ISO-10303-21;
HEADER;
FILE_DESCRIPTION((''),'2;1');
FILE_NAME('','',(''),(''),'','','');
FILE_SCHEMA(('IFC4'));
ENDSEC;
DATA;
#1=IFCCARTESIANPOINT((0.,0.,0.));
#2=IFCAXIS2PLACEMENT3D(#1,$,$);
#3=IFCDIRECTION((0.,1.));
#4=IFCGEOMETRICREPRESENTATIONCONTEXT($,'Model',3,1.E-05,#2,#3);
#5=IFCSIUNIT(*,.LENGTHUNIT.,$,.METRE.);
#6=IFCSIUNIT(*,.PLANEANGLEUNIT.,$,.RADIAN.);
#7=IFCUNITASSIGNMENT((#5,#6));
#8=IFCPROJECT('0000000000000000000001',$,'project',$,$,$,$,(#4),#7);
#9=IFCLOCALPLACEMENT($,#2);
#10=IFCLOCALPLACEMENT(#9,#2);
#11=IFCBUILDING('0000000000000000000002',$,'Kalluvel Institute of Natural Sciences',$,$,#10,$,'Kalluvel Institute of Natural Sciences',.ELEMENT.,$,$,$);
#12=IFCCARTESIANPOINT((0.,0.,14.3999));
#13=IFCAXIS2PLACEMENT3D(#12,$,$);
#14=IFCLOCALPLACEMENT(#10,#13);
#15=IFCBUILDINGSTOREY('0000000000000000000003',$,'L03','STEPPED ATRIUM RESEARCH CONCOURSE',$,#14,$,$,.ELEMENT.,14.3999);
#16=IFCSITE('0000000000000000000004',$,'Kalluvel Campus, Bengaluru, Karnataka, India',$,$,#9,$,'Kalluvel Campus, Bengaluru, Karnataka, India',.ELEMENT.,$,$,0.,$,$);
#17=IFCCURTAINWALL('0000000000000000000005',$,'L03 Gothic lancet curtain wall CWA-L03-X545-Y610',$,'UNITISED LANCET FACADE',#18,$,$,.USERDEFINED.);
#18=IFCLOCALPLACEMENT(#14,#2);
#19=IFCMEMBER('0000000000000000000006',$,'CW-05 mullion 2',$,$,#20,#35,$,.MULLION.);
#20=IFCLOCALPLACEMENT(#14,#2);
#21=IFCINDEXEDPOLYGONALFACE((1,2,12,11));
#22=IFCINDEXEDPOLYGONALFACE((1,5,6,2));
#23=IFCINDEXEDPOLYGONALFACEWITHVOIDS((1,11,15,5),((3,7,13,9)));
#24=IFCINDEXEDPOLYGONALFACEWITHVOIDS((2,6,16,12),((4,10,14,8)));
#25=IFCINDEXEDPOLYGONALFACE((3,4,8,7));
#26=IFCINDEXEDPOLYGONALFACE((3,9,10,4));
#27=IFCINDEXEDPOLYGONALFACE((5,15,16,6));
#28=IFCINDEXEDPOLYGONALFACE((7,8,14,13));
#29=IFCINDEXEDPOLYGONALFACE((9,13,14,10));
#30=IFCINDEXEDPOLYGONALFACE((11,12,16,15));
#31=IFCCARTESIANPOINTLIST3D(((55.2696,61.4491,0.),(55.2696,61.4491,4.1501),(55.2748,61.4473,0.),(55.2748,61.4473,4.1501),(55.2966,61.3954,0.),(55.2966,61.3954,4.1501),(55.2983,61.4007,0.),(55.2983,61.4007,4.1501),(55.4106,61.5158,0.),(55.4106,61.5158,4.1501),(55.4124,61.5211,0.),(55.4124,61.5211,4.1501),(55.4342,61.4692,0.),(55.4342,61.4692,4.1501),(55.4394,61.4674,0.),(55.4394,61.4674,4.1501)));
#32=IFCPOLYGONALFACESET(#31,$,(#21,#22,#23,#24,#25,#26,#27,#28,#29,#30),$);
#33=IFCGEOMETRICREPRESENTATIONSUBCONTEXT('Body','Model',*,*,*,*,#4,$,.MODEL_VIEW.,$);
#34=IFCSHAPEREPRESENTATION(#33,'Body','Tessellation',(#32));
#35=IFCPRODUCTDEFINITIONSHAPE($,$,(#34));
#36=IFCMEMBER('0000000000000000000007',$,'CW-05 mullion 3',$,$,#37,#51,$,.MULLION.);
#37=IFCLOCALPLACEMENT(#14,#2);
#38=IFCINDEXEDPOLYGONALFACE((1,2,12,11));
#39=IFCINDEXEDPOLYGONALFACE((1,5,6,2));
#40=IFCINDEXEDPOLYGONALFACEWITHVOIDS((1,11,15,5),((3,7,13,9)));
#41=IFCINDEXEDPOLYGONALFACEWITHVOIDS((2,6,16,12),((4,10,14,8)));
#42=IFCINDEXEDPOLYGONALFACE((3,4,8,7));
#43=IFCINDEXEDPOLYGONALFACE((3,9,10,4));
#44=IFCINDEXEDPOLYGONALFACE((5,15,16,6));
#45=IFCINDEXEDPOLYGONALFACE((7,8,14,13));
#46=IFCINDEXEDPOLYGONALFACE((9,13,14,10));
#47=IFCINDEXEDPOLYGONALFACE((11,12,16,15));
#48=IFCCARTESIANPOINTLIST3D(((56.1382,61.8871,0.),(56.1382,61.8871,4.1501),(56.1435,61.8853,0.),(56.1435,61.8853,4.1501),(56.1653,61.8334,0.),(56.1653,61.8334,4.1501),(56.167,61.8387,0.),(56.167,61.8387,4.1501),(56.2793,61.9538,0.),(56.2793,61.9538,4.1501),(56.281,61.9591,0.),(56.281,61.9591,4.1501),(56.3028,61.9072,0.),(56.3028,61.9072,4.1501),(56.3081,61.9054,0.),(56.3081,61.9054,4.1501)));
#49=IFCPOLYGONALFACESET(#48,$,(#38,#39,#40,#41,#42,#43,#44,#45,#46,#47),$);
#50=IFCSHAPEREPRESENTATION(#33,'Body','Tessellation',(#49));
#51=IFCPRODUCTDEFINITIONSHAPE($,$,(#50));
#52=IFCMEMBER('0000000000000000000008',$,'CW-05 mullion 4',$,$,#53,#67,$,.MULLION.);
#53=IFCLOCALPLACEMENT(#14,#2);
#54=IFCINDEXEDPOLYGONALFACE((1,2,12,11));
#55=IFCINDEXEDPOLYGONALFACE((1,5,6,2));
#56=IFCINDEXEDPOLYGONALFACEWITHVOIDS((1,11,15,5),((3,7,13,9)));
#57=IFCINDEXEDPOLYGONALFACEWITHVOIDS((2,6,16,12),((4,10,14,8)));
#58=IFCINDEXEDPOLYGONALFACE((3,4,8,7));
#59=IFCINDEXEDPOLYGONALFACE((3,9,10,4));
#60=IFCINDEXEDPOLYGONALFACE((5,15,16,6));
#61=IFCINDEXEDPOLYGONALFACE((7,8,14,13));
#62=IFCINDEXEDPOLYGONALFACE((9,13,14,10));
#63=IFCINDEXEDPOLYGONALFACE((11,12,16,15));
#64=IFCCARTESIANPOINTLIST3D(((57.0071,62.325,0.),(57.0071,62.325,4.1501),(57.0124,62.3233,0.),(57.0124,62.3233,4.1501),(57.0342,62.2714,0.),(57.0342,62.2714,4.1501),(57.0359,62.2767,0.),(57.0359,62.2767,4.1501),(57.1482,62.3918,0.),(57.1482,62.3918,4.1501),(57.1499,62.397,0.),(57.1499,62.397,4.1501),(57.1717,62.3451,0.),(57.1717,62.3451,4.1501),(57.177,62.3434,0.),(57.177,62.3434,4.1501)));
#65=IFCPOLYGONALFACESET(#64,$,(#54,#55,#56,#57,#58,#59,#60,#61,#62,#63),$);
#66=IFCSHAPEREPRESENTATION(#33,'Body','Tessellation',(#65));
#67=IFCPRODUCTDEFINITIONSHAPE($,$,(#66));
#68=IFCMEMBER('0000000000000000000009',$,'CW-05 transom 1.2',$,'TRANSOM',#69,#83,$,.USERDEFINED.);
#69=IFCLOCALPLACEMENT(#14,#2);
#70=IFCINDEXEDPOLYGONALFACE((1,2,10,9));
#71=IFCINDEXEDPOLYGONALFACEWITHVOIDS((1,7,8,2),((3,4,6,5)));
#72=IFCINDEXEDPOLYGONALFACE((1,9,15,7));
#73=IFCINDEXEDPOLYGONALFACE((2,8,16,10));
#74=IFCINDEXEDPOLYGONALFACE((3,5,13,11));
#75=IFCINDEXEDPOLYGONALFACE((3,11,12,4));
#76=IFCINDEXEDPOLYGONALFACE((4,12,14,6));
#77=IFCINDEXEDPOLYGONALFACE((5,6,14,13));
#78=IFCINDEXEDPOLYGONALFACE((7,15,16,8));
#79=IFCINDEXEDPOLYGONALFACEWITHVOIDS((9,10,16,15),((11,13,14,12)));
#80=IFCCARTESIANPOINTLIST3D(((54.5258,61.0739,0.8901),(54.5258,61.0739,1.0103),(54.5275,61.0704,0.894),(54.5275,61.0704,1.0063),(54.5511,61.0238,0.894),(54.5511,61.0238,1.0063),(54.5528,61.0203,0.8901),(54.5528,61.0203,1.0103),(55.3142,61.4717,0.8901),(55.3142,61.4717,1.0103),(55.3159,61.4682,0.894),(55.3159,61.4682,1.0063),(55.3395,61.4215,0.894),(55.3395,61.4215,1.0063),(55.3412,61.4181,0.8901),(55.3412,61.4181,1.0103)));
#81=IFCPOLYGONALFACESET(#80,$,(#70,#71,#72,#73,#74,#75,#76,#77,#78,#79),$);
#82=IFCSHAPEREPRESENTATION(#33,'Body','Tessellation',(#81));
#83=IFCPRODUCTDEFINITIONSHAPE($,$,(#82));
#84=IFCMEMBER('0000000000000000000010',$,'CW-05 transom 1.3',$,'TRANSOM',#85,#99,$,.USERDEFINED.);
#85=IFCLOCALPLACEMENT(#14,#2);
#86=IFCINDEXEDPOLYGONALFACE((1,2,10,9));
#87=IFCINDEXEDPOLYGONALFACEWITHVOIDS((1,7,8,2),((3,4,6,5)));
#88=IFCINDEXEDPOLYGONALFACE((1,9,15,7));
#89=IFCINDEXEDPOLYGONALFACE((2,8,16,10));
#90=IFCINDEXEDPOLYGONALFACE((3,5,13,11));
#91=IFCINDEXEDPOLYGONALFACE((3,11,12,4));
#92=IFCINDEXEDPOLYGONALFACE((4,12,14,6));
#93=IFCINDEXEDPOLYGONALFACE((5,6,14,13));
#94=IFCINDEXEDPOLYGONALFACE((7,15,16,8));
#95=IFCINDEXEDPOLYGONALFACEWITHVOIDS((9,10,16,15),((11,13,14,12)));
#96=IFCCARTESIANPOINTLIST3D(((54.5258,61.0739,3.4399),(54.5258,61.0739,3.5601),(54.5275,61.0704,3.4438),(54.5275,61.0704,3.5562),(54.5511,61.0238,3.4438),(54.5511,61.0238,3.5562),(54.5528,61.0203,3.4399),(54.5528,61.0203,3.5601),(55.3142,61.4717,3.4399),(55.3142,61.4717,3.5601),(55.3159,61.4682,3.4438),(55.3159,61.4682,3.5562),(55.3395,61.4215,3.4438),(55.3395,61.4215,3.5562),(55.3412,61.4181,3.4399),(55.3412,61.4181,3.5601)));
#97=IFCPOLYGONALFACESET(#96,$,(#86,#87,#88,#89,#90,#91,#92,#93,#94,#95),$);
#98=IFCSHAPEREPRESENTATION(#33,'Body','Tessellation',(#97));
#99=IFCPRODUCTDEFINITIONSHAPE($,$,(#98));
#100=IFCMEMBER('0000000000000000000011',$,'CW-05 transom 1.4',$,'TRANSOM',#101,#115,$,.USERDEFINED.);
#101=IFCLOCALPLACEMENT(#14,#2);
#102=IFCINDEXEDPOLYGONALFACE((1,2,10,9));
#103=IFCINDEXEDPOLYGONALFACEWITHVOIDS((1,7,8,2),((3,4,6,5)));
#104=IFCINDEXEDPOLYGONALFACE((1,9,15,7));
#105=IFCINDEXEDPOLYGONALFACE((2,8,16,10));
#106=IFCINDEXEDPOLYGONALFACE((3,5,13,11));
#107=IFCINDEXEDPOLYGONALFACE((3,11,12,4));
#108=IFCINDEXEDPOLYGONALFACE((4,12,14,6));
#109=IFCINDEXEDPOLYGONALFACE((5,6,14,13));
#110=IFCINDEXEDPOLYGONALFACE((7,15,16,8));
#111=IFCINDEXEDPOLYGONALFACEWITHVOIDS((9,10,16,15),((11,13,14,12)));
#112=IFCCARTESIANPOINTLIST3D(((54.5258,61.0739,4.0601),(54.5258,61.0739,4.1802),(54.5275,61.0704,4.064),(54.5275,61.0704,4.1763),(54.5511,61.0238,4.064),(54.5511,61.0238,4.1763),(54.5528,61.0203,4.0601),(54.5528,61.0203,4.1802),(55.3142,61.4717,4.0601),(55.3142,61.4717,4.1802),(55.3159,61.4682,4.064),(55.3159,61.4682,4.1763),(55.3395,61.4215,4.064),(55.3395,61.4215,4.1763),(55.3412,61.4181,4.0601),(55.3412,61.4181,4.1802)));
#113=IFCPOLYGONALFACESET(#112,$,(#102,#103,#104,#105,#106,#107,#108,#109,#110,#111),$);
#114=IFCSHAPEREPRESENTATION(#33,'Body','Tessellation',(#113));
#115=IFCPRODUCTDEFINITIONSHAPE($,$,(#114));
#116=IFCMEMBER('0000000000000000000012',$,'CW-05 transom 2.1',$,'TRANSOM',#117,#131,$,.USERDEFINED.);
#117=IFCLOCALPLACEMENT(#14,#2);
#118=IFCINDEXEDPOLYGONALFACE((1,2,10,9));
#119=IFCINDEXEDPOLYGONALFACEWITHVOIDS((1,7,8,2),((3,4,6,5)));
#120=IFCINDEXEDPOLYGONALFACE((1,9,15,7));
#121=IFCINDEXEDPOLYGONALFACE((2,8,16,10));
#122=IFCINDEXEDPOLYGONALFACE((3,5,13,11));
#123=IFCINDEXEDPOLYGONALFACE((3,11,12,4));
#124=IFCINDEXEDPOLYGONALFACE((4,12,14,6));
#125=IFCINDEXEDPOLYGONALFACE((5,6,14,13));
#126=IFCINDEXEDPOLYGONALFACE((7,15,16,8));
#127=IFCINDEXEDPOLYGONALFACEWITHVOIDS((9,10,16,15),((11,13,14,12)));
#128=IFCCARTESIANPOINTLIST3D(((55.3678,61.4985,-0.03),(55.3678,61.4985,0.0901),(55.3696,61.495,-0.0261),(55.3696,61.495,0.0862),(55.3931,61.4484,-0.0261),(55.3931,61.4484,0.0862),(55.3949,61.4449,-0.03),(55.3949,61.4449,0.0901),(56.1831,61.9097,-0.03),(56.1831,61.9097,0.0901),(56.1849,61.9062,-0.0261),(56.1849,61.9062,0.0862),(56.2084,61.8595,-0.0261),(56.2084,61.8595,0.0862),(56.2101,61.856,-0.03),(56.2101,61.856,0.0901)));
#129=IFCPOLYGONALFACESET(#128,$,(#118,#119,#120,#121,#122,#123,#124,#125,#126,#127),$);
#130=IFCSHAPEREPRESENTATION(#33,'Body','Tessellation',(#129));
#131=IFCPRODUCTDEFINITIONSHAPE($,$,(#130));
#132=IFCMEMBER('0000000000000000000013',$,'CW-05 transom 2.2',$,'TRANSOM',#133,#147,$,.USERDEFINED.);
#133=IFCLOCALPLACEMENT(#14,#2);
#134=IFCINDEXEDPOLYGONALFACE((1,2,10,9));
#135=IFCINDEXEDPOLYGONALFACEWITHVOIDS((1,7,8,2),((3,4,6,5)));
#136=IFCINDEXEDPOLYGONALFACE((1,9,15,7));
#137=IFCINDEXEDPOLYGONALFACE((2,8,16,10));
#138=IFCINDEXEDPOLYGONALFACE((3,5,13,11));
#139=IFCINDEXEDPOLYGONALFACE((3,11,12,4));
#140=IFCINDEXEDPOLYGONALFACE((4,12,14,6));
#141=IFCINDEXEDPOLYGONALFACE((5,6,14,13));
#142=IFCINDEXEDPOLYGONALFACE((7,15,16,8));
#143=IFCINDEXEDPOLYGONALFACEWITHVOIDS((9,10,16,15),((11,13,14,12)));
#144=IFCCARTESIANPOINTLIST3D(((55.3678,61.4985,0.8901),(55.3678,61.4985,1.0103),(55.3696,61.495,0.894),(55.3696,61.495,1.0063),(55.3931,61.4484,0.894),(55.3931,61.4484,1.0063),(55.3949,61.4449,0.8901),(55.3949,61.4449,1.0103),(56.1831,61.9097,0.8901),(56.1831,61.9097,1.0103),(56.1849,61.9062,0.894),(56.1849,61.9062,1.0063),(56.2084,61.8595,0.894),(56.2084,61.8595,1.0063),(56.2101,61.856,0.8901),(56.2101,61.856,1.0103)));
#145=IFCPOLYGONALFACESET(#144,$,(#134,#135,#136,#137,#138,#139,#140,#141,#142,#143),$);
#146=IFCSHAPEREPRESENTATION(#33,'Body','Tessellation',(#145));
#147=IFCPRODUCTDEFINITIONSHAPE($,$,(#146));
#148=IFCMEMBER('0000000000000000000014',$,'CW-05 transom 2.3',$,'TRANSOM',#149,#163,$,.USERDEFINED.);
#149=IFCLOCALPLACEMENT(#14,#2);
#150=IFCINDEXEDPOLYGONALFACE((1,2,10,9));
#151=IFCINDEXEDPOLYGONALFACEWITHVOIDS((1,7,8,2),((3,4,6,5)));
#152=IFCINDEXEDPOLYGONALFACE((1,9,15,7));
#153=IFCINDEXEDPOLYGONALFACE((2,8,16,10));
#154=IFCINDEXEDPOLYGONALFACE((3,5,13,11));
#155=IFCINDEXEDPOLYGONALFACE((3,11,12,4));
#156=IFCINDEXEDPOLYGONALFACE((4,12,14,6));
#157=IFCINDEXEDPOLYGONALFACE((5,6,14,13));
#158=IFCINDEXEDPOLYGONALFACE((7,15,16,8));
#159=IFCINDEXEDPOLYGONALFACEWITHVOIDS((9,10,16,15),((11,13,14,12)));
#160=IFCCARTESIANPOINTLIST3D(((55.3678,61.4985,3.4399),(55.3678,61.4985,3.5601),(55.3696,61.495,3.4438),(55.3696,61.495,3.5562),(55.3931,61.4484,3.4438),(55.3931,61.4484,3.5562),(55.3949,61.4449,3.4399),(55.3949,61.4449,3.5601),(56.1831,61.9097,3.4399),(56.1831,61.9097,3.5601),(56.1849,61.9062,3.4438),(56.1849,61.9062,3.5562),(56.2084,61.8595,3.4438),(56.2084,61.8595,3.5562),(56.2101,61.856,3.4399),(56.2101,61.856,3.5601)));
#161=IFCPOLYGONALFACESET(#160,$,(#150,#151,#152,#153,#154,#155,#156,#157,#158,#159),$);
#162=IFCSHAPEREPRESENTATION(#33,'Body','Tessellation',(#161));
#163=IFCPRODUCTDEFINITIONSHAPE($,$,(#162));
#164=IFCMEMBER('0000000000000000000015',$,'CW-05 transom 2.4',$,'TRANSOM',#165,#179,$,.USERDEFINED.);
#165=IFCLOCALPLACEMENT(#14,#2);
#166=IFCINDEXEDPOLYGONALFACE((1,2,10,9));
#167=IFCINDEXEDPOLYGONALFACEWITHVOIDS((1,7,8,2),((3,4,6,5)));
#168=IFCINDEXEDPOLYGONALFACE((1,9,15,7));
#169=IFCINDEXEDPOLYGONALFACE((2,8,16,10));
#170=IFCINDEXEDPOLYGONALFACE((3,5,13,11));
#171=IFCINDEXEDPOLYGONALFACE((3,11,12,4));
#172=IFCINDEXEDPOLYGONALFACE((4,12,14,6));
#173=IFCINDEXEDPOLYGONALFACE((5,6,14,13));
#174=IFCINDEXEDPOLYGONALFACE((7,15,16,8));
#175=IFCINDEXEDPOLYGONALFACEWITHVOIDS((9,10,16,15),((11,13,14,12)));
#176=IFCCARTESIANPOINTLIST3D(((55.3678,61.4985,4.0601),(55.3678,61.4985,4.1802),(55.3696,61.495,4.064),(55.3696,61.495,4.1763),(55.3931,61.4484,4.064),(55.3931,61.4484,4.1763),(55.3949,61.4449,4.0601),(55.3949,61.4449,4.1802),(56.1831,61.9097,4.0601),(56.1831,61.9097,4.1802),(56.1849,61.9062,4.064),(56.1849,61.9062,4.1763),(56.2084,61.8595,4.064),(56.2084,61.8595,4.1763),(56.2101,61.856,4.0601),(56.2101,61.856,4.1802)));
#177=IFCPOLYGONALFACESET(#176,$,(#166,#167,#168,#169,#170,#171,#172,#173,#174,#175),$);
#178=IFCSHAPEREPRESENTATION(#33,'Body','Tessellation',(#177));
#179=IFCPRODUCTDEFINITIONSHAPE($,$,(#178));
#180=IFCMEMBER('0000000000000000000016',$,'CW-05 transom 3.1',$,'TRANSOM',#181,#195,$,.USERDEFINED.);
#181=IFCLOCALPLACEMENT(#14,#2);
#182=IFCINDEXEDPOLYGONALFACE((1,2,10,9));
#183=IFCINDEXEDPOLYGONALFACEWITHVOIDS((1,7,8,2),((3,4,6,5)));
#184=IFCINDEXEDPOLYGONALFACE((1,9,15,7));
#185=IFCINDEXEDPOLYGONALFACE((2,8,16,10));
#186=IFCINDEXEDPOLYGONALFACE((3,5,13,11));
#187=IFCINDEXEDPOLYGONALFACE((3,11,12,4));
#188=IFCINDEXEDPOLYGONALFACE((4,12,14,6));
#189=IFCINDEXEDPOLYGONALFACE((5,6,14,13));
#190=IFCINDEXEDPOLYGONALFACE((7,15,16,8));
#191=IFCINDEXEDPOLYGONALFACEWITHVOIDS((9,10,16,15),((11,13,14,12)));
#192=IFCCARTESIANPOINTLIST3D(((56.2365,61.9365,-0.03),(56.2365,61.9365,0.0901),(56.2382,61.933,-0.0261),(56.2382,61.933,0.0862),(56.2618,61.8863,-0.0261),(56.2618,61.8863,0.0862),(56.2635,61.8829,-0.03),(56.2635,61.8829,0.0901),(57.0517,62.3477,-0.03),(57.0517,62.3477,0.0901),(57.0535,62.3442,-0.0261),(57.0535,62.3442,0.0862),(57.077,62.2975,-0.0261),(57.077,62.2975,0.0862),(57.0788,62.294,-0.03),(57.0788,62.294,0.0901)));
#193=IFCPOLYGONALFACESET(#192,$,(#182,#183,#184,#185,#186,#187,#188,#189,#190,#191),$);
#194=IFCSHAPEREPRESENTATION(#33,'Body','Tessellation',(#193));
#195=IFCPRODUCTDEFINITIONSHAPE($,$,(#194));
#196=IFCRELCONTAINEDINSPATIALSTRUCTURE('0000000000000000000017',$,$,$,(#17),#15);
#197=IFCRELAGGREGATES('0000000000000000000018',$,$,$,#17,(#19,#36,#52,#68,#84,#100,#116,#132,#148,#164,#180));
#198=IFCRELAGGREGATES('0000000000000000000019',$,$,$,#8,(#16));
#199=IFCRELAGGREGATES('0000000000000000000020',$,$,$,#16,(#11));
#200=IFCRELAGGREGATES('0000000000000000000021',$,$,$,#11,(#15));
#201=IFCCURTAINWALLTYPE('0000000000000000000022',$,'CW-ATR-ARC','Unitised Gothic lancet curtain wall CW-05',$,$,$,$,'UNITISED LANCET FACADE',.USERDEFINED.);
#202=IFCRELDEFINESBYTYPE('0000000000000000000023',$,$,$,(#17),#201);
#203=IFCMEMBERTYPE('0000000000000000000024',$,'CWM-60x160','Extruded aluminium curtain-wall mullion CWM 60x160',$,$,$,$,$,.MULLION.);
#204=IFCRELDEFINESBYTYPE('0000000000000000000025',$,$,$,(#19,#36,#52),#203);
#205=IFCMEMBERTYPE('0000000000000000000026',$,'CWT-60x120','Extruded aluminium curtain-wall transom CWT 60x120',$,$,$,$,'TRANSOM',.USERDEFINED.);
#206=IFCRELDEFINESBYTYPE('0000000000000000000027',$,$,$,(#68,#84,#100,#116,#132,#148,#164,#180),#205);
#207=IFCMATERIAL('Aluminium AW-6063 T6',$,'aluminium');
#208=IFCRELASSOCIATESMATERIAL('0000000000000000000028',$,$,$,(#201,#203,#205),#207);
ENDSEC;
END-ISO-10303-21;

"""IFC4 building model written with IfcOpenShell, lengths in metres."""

from ifc_helpers import new_model, si_unit, direction, frame, origin, origin_2d, place, context, subcontext, project, spatial, hollow_rectangle, extrude, material, material_profile, profile_set, type_object, element, aggregate, save


model = new_model("IFC4")

# Units and contexts
model_context = context("Model", 3, precision=1e-05, world=origin(), true_north=direction((0.0, 1.0)))
body_context = subcontext(model_context, "Body", "Model", "MODEL_VIEW")
ifc_project = project(units=[si_unit("LENGTHUNIT", "METRE"), si_unit("PLANEANGLEUNIT", "RADIAN")], contexts=[model_context])

# Site, building, storey
site_placement = place(None, origin())
site = spatial("IfcSite", under=ifc_project, at=site_placement, Name="Kalluvel Campus, Bengaluru, Karnataka, India", LongName="Kalluvel Campus, Bengaluru, Karnataka, India", CompositionType="ELEMENT", RefElevation=0.0)
building_placement = place(site_placement, origin())
building = spatial("IfcBuilding", under=site, at=building_placement, Name="Kalluvel Institute of Natural Sciences", LongName="Kalluvel Institute of Natural Sciences", CompositionType="ELEMENT")
storey_placement = place(building_placement, frame((0.0, 0.0, 14.3999)))
storey = spatial("IfcBuildingStorey", under=building, at=storey_placement, Name="L03", Description="STEPPED ATRIUM RESEARCH CONCOURSE", CompositionType="ELEMENT", Elevation=14.3999)

# Curtain wall, members
ifc_material_1 = material(Name="Aluminium AW-6063 T6", Category="aluminium")
curtain_wall_type = type_object("IfcCurtainWallType", Name="CW-ATR-ARC", Description="Unitised Gothic lancet curtain wall CW-05", ElementType="UNITISED LANCET FACADE", PredefinedType="USERDEFINED", material=ifc_material_1)
curtain_wall_placement = place(storey_placement, origin())
curtain_wall = element("IfcCurtainWall", 1, at=curtain_wall_placement, inside=storey, type_object=curtain_wall_type, Name="L03 Gothic lancet curtain wall CWA-L03-X545-Y610", ObjectType="UNITISED LANCET FACADE", PredefinedType="USERDEFINED")
ifc_material_profile_1 = material_profile(ifc_material_1, hollow_rectangle(XDim=0.0601, YDim=0.1599, WallThickness=0.0039, at=origin_2d()), Name="CWM 60x160")
ifc_profile_set_1 = profile_set([ifc_material_profile_1], Name="Aluminium AW-6063 T6")
member_type_1 = type_object("IfcMemberType", Name="CWM-60x160", Description="Extruded aluminium curtain-wall mullion CWM 60x160", PredefinedType="MULLION", material=ifc_profile_set_1)
member_1_placement = place(storey_placement, frame((55.3545, 61.4583, 0.0), z_axis=(0.0, 0.0, 1.0), x_axis=(-0.450202, 0.892927, 0.0)))
member_1 = element("IfcMember", 2, at=member_1_placement, type_object=member_type_1, Name="CW-05 mullion 2", PredefinedType="MULLION", context=body_context, shape_type="SweptSolid", body=[
    extrude(hollow_rectangle(XDim=0.0601, YDim=0.1599, WallThickness=0.0039, at=origin_2d()), origin(), (0.0, 0.0, 1.0), 4.1501),
])
member_2_placement = place(storey_placement, frame((56.2231, 61.8962, 0.0), z_axis=(0.0, 0.0, 1.0), x_axis=(-0.450202, 0.892927, 0.0)))
member_2 = element("IfcMember", 3, at=member_2_placement, type_object=member_type_1, Name="CW-05 mullion 3", PredefinedType="MULLION", context=body_context, shape_type="SweptSolid", body=[
    extrude(hollow_rectangle(XDim=0.0601, YDim=0.1599, WallThickness=0.0039, at=origin_2d()), origin(), (0.0, 0.0, 1.0), 4.1501),
])
member_3_placement = place(storey_placement, frame((57.092, 62.3342, 0.0), z_axis=(0.0, 0.0, 1.0), x_axis=(-0.450202, 0.892927, 0.0)))
member_3 = element("IfcMember", 4, at=member_3_placement, type_object=member_type_1, Name="CW-05 mullion 4", PredefinedType="MULLION", context=body_context, shape_type="SweptSolid", body=[
    extrude(hollow_rectangle(XDim=0.0601, YDim=0.1599, WallThickness=0.0039, at=origin_2d()), origin(), (0.0, 0.0, 1.0), 4.1501),
])
ifc_material_profile_2 = material_profile(ifc_material_1, hollow_rectangle(XDim=0.0601, YDim=0.1201, WallThickness=0.0039, at=origin_2d()), Name="CWT 60x120")
ifc_profile_set_2 = profile_set([ifc_material_profile_2], Name="Aluminium AW-6063 T6")
member_type_2 = type_object("IfcMemberType", Name="CWT-60x120", Description="Extruded aluminium curtain-wall transom CWT 60x120", ElementType="TRANSOM", PredefinedType="USERDEFINED", material=ifc_profile_set_2)
member_4_placement = place(storey_placement, frame((54.5393, 61.0471, 0.9502), z_axis=(0.892818, 0.450418, 0.0), x_axis=(-0.450418, 0.892818, 0.0)))
member_4 = element("IfcMember", 5, at=member_4_placement, type_object=member_type_2, Name="CW-05 transom 1.2", ObjectType="TRANSOM", PredefinedType="USERDEFINED", context=body_context, shape_type="SweptSolid", body=[
    extrude(hollow_rectangle(XDim=0.0601, YDim=0.1201, WallThickness=0.0039, at=origin_2d()), origin(), (0.0, 0.0, 1.0), 0.8831),
])
member_5_placement = place(storey_placement, frame((54.5393, 61.0471, 3.5), z_axis=(0.892818, 0.450418, 0.0), x_axis=(-0.450418, 0.892818, 0.0)))
member_5 = element("IfcMember", 6, at=member_5_placement, type_object=member_type_2, Name="CW-05 transom 1.3", ObjectType="TRANSOM", PredefinedType="USERDEFINED", context=body_context, shape_type="SweptSolid", body=[
    extrude(hollow_rectangle(XDim=0.0601, YDim=0.1201, WallThickness=0.0039, at=origin_2d()), origin(), (0.0, 0.0, 1.0), 0.8831),
])
member_6_placement = place(storey_placement, frame((54.5393, 61.0471, 4.1201), z_axis=(0.892818, 0.450418, 0.0), x_axis=(-0.450418, 0.892818, 0.0)))
member_6 = element("IfcMember", 7, at=member_6_placement, type_object=member_type_2, Name="CW-05 transom 1.4", ObjectType="TRANSOM", PredefinedType="USERDEFINED", context=body_context, shape_type="SweptSolid", body=[
    extrude(hollow_rectangle(XDim=0.0601, YDim=0.1201, WallThickness=0.0039, at=origin_2d()), origin(), (0.0, 0.0, 1.0), 0.8831),
])
member_7_placement = place(storey_placement, frame((55.3813, 61.4717, 0.03), z_axis=(0.892871, 0.450313, 0.0), x_axis=(-0.450313, 0.892871, 0.0)))
member_7 = element("IfcMember", 8, at=member_7_placement, type_object=member_type_2, Name="CW-05 transom 2.1", ObjectType="TRANSOM", PredefinedType="USERDEFINED", context=body_context, shape_type="SweptSolid", body=[
    extrude(hollow_rectangle(XDim=0.0601, YDim=0.1201, WallThickness=0.0039, at=origin_2d()), origin(), (0.0, 0.0, 1.0), 0.9131),
])
member_8_placement = place(storey_placement, frame((55.3813, 61.4717, 0.9502), z_axis=(0.892871, 0.450313, 0.0), x_axis=(-0.450313, 0.892871, 0.0)))
member_8 = element("IfcMember", 9, at=member_8_placement, type_object=member_type_2, Name="CW-05 transom 2.2", ObjectType="TRANSOM", PredefinedType="USERDEFINED", context=body_context, shape_type="SweptSolid", body=[
    extrude(hollow_rectangle(XDim=0.0601, YDim=0.1201, WallThickness=0.0039, at=origin_2d()), origin(), (0.0, 0.0, 1.0), 0.9131),
])
member_9_placement = place(storey_placement, frame((55.3813, 61.4717, 3.5), z_axis=(0.892871, 0.450313, 0.0), x_axis=(-0.450313, 0.892871, 0.0)))
member_9 = element("IfcMember", 10, at=member_9_placement, type_object=member_type_2, Name="CW-05 transom 2.3", ObjectType="TRANSOM", PredefinedType="USERDEFINED", context=body_context, shape_type="SweptSolid", body=[
    extrude(hollow_rectangle(XDim=0.0601, YDim=0.1201, WallThickness=0.0039, at=origin_2d()), origin(), (0.0, 0.0, 1.0), 0.9131),
])
member_10_placement = place(storey_placement, frame((55.3813, 61.4717, 4.1201), z_axis=(0.892871, 0.450313, 0.0), x_axis=(-0.450313, 0.892871, 0.0)))
member_10 = element("IfcMember", 11, at=member_10_placement, type_object=member_type_2, Name="CW-05 transom 2.4", ObjectType="TRANSOM", PredefinedType="USERDEFINED", context=body_context, shape_type="SweptSolid", body=[
    extrude(hollow_rectangle(XDim=0.0601, YDim=0.1201, WallThickness=0.0039, at=origin_2d()), origin(), (0.0, 0.0, 1.0), 0.9131),
])
member_11_placement = place(storey_placement, frame((56.25, 61.9097, 0.03), z_axis=(0.892871, 0.450313, 0.0), x_axis=(-0.450313, 0.892871, 0.0)))
member_11 = element("IfcMember", 12, at=member_11_placement, type_object=member_type_2, Name="CW-05 transom 3.1", ObjectType="TRANSOM", PredefinedType="USERDEFINED", context=body_context, shape_type="SweptSolid", body=[
    extrude(hollow_rectangle(XDim=0.0601, YDim=0.1201, WallThickness=0.0039, at=origin_2d()), origin(), (0.0, 0.0, 1.0), 0.9131),
])
aggregate(curtain_wall, [member_1, member_2, member_3, member_4, member_5, member_6, member_7, member_8, member_9, member_10, member_11])

save(model, "model.ifc")
